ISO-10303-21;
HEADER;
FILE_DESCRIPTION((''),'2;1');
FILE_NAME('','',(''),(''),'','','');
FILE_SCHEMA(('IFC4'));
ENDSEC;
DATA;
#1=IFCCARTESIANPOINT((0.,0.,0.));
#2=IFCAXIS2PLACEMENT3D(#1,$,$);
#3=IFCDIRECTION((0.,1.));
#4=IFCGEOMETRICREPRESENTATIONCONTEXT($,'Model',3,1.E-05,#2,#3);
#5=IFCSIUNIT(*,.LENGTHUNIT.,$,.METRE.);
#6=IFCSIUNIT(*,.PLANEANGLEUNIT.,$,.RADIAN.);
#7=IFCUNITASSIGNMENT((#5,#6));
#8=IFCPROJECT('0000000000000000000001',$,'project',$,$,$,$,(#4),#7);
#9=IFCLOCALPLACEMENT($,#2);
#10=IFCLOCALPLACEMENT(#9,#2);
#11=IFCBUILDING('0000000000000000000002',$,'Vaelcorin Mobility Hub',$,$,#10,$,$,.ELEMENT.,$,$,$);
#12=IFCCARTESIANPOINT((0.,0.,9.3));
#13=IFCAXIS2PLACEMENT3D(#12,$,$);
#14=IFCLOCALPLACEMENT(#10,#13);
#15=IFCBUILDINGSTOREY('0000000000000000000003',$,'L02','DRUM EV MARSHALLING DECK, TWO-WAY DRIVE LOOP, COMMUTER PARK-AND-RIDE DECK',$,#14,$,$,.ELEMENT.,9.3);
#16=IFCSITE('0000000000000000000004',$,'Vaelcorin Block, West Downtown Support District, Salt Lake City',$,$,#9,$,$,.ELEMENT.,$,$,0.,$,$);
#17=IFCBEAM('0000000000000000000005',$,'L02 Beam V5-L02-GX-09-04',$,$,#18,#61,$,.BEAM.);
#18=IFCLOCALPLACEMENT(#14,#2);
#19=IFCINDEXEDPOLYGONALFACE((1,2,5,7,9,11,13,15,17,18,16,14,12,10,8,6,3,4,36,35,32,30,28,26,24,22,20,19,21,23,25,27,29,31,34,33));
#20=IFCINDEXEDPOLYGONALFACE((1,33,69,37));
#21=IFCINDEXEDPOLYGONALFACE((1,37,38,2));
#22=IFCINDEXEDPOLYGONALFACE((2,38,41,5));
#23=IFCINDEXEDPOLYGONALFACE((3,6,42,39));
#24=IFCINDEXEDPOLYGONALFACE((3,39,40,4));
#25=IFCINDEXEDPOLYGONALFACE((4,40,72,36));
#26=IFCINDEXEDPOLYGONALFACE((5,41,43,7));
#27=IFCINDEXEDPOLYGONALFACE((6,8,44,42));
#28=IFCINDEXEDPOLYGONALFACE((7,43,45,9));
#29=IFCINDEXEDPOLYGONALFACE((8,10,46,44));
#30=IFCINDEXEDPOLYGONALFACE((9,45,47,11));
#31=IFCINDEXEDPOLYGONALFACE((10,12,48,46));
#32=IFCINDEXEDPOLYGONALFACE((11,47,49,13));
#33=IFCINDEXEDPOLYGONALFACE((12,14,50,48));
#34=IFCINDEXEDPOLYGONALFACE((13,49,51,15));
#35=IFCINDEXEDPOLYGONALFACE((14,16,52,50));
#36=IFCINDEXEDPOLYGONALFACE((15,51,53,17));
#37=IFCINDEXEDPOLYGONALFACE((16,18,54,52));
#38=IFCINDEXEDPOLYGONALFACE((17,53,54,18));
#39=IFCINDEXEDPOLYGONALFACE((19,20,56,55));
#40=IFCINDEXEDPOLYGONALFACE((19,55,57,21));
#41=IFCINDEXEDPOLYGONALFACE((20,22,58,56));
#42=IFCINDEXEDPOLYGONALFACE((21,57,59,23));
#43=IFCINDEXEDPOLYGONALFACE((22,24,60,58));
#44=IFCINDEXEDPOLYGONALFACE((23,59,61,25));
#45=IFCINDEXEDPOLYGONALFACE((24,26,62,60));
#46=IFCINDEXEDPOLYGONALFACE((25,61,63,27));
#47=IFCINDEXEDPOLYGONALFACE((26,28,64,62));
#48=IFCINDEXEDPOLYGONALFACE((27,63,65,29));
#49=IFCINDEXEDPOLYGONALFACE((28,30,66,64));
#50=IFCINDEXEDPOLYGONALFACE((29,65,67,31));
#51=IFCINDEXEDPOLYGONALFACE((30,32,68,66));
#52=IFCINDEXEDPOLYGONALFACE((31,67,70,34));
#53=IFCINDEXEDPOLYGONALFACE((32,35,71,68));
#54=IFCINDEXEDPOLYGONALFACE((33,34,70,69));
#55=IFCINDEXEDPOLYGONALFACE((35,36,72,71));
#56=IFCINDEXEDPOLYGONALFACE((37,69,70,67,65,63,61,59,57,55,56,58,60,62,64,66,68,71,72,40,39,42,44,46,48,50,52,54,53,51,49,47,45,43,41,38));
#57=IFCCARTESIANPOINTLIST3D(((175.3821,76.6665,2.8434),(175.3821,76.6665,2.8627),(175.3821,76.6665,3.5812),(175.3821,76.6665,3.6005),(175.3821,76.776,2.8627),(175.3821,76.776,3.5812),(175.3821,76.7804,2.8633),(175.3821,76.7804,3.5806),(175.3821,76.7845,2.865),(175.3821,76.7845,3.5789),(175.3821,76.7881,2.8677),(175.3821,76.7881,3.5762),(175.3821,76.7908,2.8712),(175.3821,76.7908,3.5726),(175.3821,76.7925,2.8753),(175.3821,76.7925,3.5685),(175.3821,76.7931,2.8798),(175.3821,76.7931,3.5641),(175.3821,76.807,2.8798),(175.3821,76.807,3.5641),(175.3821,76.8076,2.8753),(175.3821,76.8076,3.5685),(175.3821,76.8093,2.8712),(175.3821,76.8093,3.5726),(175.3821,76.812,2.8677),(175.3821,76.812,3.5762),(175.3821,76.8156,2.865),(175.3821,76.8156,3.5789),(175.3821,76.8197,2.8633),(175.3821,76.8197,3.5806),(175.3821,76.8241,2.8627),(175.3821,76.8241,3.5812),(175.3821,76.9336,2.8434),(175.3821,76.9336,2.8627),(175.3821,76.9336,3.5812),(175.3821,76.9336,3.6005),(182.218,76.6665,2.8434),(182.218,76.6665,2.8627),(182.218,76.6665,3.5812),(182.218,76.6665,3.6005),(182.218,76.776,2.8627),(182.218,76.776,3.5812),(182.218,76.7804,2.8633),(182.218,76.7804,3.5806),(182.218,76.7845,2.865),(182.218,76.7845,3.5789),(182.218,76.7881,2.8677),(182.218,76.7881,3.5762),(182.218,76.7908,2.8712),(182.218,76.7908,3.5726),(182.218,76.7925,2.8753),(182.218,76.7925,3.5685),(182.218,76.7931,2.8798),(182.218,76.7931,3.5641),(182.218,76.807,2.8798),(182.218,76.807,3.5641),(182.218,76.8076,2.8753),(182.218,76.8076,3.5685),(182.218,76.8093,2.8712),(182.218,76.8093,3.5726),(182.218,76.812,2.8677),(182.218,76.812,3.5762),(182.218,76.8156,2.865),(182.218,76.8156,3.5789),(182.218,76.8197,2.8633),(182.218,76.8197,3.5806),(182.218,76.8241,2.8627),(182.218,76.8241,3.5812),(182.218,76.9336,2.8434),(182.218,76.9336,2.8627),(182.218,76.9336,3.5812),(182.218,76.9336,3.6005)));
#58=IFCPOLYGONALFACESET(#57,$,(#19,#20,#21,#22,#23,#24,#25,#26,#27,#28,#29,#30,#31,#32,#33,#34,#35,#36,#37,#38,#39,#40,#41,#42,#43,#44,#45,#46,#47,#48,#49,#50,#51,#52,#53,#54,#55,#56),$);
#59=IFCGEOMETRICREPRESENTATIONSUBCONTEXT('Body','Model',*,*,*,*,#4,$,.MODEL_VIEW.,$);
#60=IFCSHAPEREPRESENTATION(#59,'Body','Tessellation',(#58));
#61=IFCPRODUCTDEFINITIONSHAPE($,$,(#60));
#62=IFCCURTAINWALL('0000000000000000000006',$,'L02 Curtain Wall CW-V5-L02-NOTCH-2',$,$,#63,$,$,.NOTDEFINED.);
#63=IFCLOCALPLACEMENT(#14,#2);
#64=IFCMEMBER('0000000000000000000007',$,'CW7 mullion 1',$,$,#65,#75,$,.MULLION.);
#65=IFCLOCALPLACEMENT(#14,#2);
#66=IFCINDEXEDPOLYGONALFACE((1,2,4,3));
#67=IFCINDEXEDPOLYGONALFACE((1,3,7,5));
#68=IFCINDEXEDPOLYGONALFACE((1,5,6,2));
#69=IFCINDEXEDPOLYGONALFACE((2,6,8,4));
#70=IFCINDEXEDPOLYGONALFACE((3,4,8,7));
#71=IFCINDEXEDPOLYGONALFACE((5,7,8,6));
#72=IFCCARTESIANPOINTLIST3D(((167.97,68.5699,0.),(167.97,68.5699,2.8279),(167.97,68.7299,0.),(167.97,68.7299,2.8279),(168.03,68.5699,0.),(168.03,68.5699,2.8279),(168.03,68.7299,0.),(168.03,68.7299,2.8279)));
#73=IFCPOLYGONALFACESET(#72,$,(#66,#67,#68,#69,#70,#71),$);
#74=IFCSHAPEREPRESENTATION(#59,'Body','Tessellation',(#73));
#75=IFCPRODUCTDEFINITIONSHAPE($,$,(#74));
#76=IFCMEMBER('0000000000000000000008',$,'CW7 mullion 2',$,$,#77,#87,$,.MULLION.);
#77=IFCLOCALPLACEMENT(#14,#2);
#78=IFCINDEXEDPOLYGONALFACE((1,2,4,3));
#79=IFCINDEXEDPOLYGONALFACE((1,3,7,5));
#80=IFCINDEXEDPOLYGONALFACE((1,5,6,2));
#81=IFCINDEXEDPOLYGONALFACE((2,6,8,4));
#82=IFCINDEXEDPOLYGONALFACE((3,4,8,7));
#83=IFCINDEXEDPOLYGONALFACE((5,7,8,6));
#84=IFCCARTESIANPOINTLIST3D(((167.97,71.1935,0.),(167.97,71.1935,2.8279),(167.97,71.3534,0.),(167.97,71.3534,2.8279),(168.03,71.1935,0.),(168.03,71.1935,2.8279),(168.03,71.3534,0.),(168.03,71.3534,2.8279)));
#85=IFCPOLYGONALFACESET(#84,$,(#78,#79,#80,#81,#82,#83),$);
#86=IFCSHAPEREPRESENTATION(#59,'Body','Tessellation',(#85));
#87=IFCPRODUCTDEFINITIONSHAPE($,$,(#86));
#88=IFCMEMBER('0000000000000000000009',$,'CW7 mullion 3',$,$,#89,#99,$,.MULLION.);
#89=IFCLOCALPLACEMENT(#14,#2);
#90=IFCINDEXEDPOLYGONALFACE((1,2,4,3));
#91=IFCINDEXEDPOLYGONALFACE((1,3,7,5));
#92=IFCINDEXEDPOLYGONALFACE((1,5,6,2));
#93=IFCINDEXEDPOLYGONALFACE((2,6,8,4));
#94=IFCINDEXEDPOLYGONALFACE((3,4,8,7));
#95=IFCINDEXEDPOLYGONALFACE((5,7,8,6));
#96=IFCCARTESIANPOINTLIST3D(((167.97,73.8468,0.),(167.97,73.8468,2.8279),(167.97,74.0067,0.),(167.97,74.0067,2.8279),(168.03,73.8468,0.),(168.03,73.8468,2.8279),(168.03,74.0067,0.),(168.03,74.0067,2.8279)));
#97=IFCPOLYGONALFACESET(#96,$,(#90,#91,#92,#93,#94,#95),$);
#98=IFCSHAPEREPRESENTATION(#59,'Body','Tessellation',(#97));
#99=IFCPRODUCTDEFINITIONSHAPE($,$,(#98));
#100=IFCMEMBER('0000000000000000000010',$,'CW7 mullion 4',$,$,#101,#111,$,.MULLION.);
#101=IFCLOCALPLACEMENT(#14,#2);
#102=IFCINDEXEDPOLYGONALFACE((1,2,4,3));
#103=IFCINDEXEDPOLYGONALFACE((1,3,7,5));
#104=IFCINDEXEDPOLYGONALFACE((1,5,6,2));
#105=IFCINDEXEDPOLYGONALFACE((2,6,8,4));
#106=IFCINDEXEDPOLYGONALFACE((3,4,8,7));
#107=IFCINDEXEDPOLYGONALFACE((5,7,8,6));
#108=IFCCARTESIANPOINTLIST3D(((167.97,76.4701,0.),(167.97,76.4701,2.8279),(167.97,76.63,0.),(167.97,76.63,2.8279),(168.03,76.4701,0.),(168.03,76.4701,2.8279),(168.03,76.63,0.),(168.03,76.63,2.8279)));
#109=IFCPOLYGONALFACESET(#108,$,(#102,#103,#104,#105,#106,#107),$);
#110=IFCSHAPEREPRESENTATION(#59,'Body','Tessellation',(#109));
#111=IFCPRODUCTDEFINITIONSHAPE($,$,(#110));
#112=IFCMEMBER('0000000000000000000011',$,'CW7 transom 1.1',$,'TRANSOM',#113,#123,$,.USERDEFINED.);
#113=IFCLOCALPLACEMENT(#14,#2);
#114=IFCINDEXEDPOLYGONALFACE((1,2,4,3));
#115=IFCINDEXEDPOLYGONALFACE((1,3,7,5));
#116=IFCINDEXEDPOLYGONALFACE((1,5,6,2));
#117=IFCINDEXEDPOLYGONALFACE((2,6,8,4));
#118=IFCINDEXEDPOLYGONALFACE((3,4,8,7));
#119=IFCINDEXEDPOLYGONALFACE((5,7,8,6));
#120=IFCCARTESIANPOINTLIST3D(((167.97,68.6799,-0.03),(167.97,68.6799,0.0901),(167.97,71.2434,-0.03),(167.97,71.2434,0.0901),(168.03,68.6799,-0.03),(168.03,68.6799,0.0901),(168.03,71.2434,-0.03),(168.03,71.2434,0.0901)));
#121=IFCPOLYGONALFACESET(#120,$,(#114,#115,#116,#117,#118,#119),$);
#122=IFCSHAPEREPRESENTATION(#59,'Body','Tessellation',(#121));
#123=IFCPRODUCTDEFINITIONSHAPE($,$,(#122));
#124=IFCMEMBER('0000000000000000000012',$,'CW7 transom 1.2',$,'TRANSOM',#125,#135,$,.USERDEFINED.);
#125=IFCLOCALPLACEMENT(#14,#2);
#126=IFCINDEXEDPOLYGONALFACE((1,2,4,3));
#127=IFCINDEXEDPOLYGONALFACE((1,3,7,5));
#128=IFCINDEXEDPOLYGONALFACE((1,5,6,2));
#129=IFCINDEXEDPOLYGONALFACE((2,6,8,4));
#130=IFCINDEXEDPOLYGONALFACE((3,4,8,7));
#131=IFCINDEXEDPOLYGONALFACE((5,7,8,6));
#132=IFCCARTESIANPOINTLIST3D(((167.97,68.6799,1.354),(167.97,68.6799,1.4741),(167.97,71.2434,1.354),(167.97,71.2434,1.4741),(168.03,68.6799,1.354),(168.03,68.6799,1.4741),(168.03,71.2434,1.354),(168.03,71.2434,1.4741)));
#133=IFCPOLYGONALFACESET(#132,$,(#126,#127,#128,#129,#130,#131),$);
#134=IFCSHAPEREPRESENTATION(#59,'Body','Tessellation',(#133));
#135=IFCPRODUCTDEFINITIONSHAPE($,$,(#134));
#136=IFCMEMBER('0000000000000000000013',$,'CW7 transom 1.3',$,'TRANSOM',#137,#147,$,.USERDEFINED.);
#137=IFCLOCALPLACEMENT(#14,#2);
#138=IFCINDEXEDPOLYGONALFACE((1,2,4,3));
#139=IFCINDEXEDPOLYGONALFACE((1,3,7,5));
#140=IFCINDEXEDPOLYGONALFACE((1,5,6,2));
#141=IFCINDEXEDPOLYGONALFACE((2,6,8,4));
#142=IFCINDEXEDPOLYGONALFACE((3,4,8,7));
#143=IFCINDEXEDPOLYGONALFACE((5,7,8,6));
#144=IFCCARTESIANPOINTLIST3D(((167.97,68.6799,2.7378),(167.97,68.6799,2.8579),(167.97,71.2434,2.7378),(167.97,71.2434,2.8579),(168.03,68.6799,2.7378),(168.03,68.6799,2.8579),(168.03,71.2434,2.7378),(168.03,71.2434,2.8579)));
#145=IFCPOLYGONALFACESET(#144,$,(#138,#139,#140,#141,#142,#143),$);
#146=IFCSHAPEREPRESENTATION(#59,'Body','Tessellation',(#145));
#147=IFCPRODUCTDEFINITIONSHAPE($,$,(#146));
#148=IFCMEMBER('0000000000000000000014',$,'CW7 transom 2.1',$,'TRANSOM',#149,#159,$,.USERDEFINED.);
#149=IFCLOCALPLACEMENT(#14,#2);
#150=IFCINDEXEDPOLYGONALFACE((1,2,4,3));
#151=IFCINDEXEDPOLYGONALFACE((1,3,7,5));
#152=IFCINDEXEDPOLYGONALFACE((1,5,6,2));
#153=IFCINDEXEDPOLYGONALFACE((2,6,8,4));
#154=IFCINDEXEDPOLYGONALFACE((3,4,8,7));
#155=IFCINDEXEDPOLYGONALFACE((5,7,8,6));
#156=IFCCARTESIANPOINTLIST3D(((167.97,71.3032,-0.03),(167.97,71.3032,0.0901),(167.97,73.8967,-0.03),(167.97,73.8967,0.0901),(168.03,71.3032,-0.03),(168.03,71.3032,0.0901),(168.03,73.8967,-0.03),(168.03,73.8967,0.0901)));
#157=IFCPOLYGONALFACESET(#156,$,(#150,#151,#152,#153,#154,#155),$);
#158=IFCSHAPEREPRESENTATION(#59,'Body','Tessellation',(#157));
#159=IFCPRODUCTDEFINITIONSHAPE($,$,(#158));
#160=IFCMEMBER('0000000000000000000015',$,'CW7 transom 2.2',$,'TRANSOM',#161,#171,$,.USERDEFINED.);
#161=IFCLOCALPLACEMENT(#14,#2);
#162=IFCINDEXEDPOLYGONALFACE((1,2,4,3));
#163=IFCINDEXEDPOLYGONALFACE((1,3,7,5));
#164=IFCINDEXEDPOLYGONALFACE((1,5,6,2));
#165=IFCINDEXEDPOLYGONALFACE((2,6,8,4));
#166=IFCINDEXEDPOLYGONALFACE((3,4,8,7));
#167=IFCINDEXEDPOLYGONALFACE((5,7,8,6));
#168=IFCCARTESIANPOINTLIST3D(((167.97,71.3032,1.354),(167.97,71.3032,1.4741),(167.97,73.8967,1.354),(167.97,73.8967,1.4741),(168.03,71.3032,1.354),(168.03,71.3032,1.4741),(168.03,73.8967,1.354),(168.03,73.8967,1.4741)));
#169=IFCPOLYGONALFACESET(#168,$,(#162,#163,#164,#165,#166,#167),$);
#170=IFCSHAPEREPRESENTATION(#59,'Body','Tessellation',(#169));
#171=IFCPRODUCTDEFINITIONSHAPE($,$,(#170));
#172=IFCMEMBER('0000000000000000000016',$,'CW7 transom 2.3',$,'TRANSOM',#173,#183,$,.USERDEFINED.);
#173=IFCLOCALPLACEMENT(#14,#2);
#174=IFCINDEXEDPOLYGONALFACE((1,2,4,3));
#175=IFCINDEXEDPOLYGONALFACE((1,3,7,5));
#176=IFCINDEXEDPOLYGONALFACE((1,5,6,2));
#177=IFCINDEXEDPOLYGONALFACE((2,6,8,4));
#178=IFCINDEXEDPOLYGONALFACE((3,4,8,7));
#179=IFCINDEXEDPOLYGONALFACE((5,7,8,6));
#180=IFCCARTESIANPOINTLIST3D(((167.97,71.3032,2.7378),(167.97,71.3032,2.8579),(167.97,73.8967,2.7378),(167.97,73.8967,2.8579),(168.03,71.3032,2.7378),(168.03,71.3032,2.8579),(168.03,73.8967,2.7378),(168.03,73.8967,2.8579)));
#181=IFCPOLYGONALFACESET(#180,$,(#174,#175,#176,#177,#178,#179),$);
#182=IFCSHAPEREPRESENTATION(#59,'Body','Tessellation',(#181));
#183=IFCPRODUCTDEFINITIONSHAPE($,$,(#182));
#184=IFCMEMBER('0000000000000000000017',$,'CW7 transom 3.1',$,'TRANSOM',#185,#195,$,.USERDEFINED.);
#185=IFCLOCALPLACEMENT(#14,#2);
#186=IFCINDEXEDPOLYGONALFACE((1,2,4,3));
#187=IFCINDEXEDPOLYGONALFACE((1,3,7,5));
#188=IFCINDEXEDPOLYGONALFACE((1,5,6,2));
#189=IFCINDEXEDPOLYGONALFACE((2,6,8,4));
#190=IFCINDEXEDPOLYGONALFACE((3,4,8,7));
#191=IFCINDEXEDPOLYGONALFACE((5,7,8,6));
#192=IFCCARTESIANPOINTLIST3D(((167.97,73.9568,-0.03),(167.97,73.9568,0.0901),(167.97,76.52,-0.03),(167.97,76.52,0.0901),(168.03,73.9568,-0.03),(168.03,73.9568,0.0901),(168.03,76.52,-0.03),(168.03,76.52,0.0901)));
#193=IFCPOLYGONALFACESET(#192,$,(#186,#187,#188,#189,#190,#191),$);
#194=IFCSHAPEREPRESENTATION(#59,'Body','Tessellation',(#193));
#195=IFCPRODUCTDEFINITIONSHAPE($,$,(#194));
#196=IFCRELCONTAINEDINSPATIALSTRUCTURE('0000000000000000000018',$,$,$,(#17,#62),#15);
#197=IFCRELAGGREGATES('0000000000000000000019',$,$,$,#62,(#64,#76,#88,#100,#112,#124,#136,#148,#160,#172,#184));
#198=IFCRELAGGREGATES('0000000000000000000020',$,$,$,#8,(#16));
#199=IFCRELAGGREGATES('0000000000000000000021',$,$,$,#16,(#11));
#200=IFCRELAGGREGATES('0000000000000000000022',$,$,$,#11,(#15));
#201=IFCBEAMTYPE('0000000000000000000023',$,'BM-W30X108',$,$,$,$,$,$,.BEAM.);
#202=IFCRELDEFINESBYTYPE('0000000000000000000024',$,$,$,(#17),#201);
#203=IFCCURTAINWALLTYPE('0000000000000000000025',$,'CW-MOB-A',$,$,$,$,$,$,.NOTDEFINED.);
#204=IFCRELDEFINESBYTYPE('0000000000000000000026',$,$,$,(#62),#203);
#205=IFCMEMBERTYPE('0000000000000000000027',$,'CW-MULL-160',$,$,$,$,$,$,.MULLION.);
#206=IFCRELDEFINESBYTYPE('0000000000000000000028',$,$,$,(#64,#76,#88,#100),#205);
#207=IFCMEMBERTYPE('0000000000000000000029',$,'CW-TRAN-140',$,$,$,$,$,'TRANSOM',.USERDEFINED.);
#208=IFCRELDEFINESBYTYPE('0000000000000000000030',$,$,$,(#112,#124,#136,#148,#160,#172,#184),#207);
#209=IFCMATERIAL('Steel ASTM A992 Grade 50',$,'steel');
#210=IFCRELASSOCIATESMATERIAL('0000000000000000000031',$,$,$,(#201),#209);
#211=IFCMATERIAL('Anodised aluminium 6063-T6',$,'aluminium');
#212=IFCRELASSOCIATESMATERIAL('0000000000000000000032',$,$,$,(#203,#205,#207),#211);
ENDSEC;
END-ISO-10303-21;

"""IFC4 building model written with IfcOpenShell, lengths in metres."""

from ifc_helpers import new_model, si_unit, direction, frame, origin, origin_2d, place, context, subcontext, project, spatial, rectangle, i_section, extrude, material, material_profile, profile_set, type_object, element, aggregate, save


model = new_model("IFC4")

# Units and contexts
model_context = context("Model", 3, precision=1e-05, world=origin(), true_north=direction((0.0, 1.0)))
body_context = subcontext(model_context, "Body", "Model", "MODEL_VIEW")
ifc_project = project(units=[si_unit("LENGTHUNIT", "METRE"), si_unit("PLANEANGLEUNIT", "RADIAN")], contexts=[model_context])

# Site, building, storey
site_placement = place(None, origin())
site = spatial("IfcSite", under=ifc_project, at=site_placement, Name="Vaelcorin Block, West Downtown Support District, Salt Lake City", CompositionType="ELEMENT", RefElevation=0.0)
building_placement = place(site_placement, origin())
building = spatial("IfcBuilding", under=site, at=building_placement, Name="Vaelcorin Mobility Hub", CompositionType="ELEMENT")
storey_placement = place(building_placement, frame((0.0, 0.0, 9.3)))
storey = spatial("IfcBuildingStorey", under=building, at=storey_placement, Name="L02", Description="DRUM EV MARSHALLING DECK, TWO-WAY DRIVE LOOP, COMMUTER PARK-AND-RIDE DECK", CompositionType="ELEMENT", Elevation=9.3)

# Shared definitions
ifc_material_1 = material(Name="Steel ASTM A992 Grade 50", Category="steel")

# Beam
ifc_material_profile_1 = material_profile(ifc_material_1, i_section(OverallWidth=0.2671, OverallDepth=0.7571, WebThickness=0.0139, FlangeThickness=0.0193, FilletRadius=0.0171, at=origin_2d()), Name="W30X108")
ifc_profile_set_1 = profile_set([ifc_material_profile_1], Name="Steel ASTM A992 Grade 50")
beam_type_1 = type_object("IfcBeamType", Name="BM-W30X108", PredefinedType="BEAM", material=ifc_profile_set_1)
beam_1_placement = place(storey_placement, frame((175.3821, 76.8, 3.2219), z_axis=(1.0, 0.0, 0.0), x_axis=(0.0, 1.0, 0.0)))
element("IfcBeam", 1, at=beam_1_placement, inside=storey, type_object=beam_type_1, Name="L02 Beam V5-L02-GX-09-04", PredefinedType="BEAM", context=body_context, shape_type="SweptSolid", body=[
    extrude(i_section(OverallWidth=0.2671, OverallDepth=0.7571, WebThickness=0.0139, FlangeThickness=0.0193, FilletRadius=0.0171, at=origin_2d()), origin(), (0.0, 0.0, 1.0), 6.8359),
])

# Curtain wall, members
ifc_material_2 = material(Name="Anodised aluminium 6063-T6", Category="aluminium")
curtain_wall_type = type_object("IfcCurtainWallType", Name="CW-MOB-A", PredefinedType="NOTDEFINED", material=ifc_material_2)
curtain_wall_placement = place(storey_placement, origin())
curtain_wall = element("IfcCurtainWall", 2, at=curtain_wall_placement, inside=storey, type_object=curtain_wall_type, Name="L02 Curtain Wall CW-V5-L02-NOTCH-2", PredefinedType="NOTDEFINED")
ifc_material_profile_2 = material_profile(ifc_material_2, rectangle(XDim=0.0601, YDim=0.1599, at=origin_2d()), Name="ALU-M60X160")
ifc_profile_set_2 = profile_set([ifc_material_profile_2], Name="Anodised aluminium 6063-T6")
member_type_1 = type_object("IfcMemberType", Name="CW-MULL-160", PredefinedType="MULLION", material=ifc_profile_set_2)
member_1_placement = place(storey_placement, frame((168.0, 68.6499, 0.0), z_axis=(0.0, 0.0, 1.0), x_axis=(-1.0, 0.0, 0.0)))
member_1 = element("IfcMember", 3, at=member_1_placement, type_object=member_type_1, Name="CW7 mullion 1", PredefinedType="MULLION", context=body_context, shape_type="SweptSolid", body=[
    extrude(rectangle(XDim=0.0601, YDim=0.1599, at=origin_2d()), origin(), (0.0, 0.0, 1.0), 2.8279),
])
member_2_placement = place(storey_placement, frame((168.0, 71.2734, 0.0), z_axis=(0.0, 0.0, 1.0), x_axis=(-1.0, 0.0, 0.0)))
member_2 = element("IfcMember", 4, at=member_2_placement, type_object=member_type_1, Name="CW7 mullion 2", PredefinedType="MULLION", context=body_context, shape_type="SweptSolid", body=[
    extrude(rectangle(XDim=0.0601, YDim=0.1599, at=origin_2d()), origin(), (0.0, 0.0, 1.0), 2.8279),
])
member_3_placement = place(storey_placement, frame((168.0, 73.9268, 0.0), z_axis=(0.0, 0.0, 1.0), x_axis=(-1.0, 0.0, 0.0)))
member_3 = element("IfcMember", 5, at=member_3_placement, type_object=member_type_1, Name="CW7 mullion 3", PredefinedType="MULLION", context=body_context, shape_type="SweptSolid", body=[
    extrude(rectangle(XDim=0.0601, YDim=0.1599, at=origin_2d()), origin(), (0.0, 0.0, 1.0), 2.8279),
])
member_4_placement = place(storey_placement, frame((168.0, 76.55, 0.0), z_axis=(0.0, 0.0, 1.0), x_axis=(-1.0, 0.0, 0.0)))
member_4 = element("IfcMember", 6, at=member_4_placement, type_object=member_type_1, Name="CW7 mullion 4", PredefinedType="MULLION", context=body_context, shape_type="SweptSolid", body=[
    extrude(rectangle(XDim=0.0601, YDim=0.1599, at=origin_2d()), origin(), (0.0, 0.0, 1.0), 2.8279),
])
ifc_material_profile_3 = material_profile(ifc_material_2, rectangle(XDim=0.0601, YDim=0.1201, at=origin_2d()), Name="ALU-T60X120")
ifc_profile_set_3 = profile_set([ifc_material_profile_3], Name="Anodised aluminium 6063-T6")
member_type_2 = type_object("IfcMemberType", Name="CW-TRAN-140", ElementType="TRANSOM", PredefinedType="USERDEFINED", material=ifc_profile_set_3)
member_5_placement = place(storey_placement, frame((168.0, 68.6799, 0.03), z_axis=(0.0, 1.0, 0.0), x_axis=(-1.0, 0.0, 0.0)))
member_5 = element("IfcMember", 7, at=member_5_placement, type_object=member_type_2, Name="CW7 transom 1.1", ObjectType="TRANSOM", PredefinedType="USERDEFINED", context=body_context, shape_type="SweptSolid", body=[
    extrude(rectangle(XDim=0.0601, YDim=0.1201, at=origin_2d()), origin(), (0.0, 0.0, 1.0), 2.5635),
])
member_6_placement = place(storey_placement, frame((168.0, 68.6799, 1.4141), z_axis=(0.0, 1.0, 0.0), x_axis=(-1.0, 0.0, 0.0)))
member_6 = element("IfcMember", 8, at=member_6_placement, type_object=member_type_2, Name="CW7 transom 1.2", ObjectType="TRANSOM", PredefinedType="USERDEFINED", context=body_context, shape_type="SweptSolid", body=[
    extrude(rectangle(XDim=0.0601, YDim=0.1201, at=origin_2d()), origin(), (0.0, 0.0, 1.0), 2.5635),
])
member_7_placement = place(storey_placement, frame((168.0, 68.6799, 2.7979), z_axis=(0.0, 1.0, 0.0), x_axis=(-1.0, 0.0, 0.0)))
member_7 = element("IfcMember", 9, at=member_7_placement, type_object=member_type_2, Name="CW7 transom 1.3", ObjectType="TRANSOM", PredefinedType="USERDEFINED", context=body_context, shape_type="SweptSolid", body=[
    extrude(rectangle(XDim=0.0601, YDim=0.1201, at=origin_2d()), origin(), (0.0, 0.0, 1.0), 2.5635),
])
member_8_placement = place(storey_placement, frame((168.0, 71.3032, 0.03), z_axis=(0.0, 1.0, 0.0), x_axis=(-1.0, 0.0, 0.0)))
member_8 = element("IfcMember", 10, at=member_8_placement, type_object=member_type_2, Name="CW7 transom 2.1", ObjectType="TRANSOM", PredefinedType="USERDEFINED", context=body_context, shape_type="SweptSolid", body=[
    extrude(rectangle(XDim=0.0601, YDim=0.1201, at=origin_2d()), origin(), (0.0, 0.0, 1.0), 2.5935),
])
member_9_placement = place(storey_placement, frame((168.0, 71.3032, 1.4141), z_axis=(0.0, 1.0, 0.0), x_axis=(-1.0, 0.0, 0.0)))
member_9 = element("IfcMember", 11, at=member_9_placement, type_object=member_type_2, Name="CW7 transom 2.2", ObjectType="TRANSOM", PredefinedType="USERDEFINED", context=body_context, shape_type="SweptSolid", body=[
    extrude(rectangle(XDim=0.0601, YDim=0.1201, at=origin_2d()), origin(), (0.0, 0.0, 1.0), 2.5935),
])
member_10_placement = place(storey_placement, frame((168.0, 71.3032, 2.7979), z_axis=(0.0, 1.0, 0.0), x_axis=(-1.0, 0.0, 0.0)))
member_10 = element("IfcMember", 12, at=member_10_placement, type_object=member_type_2, Name="CW7 transom 2.3", ObjectType="TRANSOM", PredefinedType="USERDEFINED", context=body_context, shape_type="SweptSolid", body=[
    extrude(rectangle(XDim=0.0601, YDim=0.1201, at=origin_2d()), origin(), (0.0, 0.0, 1.0), 2.5935),
])
member_11_placement = place(storey_placement, frame((168.0, 73.9568, 0.03), z_axis=(0.0, 1.0, 0.0), x_axis=(-1.0, 0.0, 0.0)))
member_11 = element("IfcMember", 13, at=member_11_placement, type_object=member_type_2, Name="CW7 transom 3.1", ObjectType="TRANSOM", PredefinedType="USERDEFINED", context=body_context, shape_type="SweptSolid", body=[
    extrude(rectangle(XDim=0.0601, YDim=0.1201, at=origin_2d()), origin(), (0.0, 0.0, 1.0), 2.5632),
])
aggregate(curtain_wall, [member_1, member_2, member_3, member_4, member_5, member_6, member_7, member_8, member_9, member_10, member_11])

save(model, "model.ifc")
